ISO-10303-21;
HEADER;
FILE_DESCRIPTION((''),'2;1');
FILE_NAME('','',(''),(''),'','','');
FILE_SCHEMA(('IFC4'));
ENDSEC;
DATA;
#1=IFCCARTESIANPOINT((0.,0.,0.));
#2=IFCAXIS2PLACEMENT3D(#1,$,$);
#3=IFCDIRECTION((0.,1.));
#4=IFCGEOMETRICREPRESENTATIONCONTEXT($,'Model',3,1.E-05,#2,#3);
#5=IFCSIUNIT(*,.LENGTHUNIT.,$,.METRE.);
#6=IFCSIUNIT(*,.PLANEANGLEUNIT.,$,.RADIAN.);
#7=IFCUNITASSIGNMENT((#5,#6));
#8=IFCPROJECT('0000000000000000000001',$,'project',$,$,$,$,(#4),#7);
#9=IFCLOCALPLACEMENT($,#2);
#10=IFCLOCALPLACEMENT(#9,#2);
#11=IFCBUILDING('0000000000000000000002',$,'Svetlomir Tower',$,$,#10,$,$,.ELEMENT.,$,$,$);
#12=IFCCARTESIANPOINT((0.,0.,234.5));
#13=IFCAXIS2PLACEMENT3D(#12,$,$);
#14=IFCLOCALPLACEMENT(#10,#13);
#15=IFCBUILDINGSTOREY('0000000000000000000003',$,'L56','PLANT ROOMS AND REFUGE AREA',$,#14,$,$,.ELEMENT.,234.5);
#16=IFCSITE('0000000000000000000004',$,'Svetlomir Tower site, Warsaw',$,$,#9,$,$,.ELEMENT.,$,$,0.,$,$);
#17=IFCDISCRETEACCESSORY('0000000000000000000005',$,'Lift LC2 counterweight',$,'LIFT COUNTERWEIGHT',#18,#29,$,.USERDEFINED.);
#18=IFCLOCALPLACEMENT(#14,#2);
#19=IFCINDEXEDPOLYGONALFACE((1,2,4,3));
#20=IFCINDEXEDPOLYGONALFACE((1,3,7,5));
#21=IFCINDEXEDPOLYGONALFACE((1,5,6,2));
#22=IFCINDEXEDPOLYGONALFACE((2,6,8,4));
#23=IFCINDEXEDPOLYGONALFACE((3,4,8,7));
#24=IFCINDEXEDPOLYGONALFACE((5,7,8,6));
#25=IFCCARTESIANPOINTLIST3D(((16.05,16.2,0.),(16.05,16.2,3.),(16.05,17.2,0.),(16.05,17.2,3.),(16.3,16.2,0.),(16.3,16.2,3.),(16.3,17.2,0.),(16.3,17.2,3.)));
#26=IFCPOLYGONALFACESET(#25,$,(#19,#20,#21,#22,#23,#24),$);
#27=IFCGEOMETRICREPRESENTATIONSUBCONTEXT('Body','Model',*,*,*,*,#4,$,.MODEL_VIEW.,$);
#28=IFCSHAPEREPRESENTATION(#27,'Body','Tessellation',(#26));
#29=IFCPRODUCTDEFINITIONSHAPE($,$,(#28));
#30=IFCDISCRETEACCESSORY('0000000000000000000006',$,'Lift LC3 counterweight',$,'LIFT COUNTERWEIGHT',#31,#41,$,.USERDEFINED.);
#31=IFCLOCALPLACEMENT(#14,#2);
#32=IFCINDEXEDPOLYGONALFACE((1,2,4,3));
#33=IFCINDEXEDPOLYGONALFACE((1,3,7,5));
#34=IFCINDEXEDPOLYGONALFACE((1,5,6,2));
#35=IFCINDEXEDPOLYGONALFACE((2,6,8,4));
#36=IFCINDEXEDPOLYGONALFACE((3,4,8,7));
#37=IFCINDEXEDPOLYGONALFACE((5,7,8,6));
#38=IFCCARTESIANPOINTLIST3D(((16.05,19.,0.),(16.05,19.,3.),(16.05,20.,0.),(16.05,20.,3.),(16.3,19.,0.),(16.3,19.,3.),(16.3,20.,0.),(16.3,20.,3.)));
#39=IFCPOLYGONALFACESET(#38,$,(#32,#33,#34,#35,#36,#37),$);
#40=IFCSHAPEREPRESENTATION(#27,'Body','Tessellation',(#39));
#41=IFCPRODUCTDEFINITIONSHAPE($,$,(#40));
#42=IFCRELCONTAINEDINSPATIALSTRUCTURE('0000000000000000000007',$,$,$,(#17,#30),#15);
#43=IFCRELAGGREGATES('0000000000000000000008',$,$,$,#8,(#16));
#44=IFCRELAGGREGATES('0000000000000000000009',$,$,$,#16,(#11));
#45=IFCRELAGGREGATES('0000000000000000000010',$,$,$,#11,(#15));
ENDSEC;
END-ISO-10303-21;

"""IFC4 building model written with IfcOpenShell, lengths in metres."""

from ifc_helpers import new_model, si_unit, direction, frame, origin, origin_2d, place, context, subcontext, project, spatial, rectangle, extrude, element, save


model = new_model("IFC4")

# Units and contexts
model_context = context("Model", 3, precision=1e-05, world=origin(), true_north=direction((0.0, 1.0)))
body_context = subcontext(model_context, "Body", "Model", "MODEL_VIEW")
ifc_project = project(units=[si_unit("LENGTHUNIT", "METRE"), si_unit("PLANEANGLEUNIT", "RADIAN")], contexts=[model_context])

# Site, building, storey
site_placement = place(None, origin())
site = spatial("IfcSite", under=ifc_project, at=site_placement, Name="Svetlomir Tower site, Warsaw", CompositionType="ELEMENT", RefElevation=0.0)
building_placement = place(site_placement, origin())
building = spatial("IfcBuilding", under=site, at=building_placement, Name="Svetlomir Tower", CompositionType="ELEMENT")
storey_placement = place(building_placement, frame((0.0, 0.0, 234.5)))
storey = spatial("IfcBuildingStorey", under=building, at=storey_placement, Name="L56", Description="PLANT ROOMS AND REFUGE AREA", CompositionType="ELEMENT", Elevation=234.5)

# Discrete accessories
for number, where, z_axis, x_axis, name in (
    (1, (16.175, 16.7, 0.0), (0.0, 0.0, 1.0), (1.0, 0.0, 0.0), "Lift LC2 counterweight"),
    (2, (16.175, 19.5, 0.0), (0.0, 0.0, 1.0), (1.0, 0.0, 0.0), "Lift LC3 counterweight"),
):
    element("IfcDiscreteAccessory", number, at=place(storey_placement, frame(where, z_axis=z_axis, x_axis=x_axis)), inside=storey, Name=name, ObjectType="LIFT COUNTERWEIGHT", PredefinedType="USERDEFINED", context=body_context, shape_type="SweptSolid", body=[
        extrude(rectangle(XDim=0.25, YDim=1.0, at=origin_2d()), origin(), (0.0, 0.0, 1.0), 3.0),
    ])

save(model, "model.ifc")
